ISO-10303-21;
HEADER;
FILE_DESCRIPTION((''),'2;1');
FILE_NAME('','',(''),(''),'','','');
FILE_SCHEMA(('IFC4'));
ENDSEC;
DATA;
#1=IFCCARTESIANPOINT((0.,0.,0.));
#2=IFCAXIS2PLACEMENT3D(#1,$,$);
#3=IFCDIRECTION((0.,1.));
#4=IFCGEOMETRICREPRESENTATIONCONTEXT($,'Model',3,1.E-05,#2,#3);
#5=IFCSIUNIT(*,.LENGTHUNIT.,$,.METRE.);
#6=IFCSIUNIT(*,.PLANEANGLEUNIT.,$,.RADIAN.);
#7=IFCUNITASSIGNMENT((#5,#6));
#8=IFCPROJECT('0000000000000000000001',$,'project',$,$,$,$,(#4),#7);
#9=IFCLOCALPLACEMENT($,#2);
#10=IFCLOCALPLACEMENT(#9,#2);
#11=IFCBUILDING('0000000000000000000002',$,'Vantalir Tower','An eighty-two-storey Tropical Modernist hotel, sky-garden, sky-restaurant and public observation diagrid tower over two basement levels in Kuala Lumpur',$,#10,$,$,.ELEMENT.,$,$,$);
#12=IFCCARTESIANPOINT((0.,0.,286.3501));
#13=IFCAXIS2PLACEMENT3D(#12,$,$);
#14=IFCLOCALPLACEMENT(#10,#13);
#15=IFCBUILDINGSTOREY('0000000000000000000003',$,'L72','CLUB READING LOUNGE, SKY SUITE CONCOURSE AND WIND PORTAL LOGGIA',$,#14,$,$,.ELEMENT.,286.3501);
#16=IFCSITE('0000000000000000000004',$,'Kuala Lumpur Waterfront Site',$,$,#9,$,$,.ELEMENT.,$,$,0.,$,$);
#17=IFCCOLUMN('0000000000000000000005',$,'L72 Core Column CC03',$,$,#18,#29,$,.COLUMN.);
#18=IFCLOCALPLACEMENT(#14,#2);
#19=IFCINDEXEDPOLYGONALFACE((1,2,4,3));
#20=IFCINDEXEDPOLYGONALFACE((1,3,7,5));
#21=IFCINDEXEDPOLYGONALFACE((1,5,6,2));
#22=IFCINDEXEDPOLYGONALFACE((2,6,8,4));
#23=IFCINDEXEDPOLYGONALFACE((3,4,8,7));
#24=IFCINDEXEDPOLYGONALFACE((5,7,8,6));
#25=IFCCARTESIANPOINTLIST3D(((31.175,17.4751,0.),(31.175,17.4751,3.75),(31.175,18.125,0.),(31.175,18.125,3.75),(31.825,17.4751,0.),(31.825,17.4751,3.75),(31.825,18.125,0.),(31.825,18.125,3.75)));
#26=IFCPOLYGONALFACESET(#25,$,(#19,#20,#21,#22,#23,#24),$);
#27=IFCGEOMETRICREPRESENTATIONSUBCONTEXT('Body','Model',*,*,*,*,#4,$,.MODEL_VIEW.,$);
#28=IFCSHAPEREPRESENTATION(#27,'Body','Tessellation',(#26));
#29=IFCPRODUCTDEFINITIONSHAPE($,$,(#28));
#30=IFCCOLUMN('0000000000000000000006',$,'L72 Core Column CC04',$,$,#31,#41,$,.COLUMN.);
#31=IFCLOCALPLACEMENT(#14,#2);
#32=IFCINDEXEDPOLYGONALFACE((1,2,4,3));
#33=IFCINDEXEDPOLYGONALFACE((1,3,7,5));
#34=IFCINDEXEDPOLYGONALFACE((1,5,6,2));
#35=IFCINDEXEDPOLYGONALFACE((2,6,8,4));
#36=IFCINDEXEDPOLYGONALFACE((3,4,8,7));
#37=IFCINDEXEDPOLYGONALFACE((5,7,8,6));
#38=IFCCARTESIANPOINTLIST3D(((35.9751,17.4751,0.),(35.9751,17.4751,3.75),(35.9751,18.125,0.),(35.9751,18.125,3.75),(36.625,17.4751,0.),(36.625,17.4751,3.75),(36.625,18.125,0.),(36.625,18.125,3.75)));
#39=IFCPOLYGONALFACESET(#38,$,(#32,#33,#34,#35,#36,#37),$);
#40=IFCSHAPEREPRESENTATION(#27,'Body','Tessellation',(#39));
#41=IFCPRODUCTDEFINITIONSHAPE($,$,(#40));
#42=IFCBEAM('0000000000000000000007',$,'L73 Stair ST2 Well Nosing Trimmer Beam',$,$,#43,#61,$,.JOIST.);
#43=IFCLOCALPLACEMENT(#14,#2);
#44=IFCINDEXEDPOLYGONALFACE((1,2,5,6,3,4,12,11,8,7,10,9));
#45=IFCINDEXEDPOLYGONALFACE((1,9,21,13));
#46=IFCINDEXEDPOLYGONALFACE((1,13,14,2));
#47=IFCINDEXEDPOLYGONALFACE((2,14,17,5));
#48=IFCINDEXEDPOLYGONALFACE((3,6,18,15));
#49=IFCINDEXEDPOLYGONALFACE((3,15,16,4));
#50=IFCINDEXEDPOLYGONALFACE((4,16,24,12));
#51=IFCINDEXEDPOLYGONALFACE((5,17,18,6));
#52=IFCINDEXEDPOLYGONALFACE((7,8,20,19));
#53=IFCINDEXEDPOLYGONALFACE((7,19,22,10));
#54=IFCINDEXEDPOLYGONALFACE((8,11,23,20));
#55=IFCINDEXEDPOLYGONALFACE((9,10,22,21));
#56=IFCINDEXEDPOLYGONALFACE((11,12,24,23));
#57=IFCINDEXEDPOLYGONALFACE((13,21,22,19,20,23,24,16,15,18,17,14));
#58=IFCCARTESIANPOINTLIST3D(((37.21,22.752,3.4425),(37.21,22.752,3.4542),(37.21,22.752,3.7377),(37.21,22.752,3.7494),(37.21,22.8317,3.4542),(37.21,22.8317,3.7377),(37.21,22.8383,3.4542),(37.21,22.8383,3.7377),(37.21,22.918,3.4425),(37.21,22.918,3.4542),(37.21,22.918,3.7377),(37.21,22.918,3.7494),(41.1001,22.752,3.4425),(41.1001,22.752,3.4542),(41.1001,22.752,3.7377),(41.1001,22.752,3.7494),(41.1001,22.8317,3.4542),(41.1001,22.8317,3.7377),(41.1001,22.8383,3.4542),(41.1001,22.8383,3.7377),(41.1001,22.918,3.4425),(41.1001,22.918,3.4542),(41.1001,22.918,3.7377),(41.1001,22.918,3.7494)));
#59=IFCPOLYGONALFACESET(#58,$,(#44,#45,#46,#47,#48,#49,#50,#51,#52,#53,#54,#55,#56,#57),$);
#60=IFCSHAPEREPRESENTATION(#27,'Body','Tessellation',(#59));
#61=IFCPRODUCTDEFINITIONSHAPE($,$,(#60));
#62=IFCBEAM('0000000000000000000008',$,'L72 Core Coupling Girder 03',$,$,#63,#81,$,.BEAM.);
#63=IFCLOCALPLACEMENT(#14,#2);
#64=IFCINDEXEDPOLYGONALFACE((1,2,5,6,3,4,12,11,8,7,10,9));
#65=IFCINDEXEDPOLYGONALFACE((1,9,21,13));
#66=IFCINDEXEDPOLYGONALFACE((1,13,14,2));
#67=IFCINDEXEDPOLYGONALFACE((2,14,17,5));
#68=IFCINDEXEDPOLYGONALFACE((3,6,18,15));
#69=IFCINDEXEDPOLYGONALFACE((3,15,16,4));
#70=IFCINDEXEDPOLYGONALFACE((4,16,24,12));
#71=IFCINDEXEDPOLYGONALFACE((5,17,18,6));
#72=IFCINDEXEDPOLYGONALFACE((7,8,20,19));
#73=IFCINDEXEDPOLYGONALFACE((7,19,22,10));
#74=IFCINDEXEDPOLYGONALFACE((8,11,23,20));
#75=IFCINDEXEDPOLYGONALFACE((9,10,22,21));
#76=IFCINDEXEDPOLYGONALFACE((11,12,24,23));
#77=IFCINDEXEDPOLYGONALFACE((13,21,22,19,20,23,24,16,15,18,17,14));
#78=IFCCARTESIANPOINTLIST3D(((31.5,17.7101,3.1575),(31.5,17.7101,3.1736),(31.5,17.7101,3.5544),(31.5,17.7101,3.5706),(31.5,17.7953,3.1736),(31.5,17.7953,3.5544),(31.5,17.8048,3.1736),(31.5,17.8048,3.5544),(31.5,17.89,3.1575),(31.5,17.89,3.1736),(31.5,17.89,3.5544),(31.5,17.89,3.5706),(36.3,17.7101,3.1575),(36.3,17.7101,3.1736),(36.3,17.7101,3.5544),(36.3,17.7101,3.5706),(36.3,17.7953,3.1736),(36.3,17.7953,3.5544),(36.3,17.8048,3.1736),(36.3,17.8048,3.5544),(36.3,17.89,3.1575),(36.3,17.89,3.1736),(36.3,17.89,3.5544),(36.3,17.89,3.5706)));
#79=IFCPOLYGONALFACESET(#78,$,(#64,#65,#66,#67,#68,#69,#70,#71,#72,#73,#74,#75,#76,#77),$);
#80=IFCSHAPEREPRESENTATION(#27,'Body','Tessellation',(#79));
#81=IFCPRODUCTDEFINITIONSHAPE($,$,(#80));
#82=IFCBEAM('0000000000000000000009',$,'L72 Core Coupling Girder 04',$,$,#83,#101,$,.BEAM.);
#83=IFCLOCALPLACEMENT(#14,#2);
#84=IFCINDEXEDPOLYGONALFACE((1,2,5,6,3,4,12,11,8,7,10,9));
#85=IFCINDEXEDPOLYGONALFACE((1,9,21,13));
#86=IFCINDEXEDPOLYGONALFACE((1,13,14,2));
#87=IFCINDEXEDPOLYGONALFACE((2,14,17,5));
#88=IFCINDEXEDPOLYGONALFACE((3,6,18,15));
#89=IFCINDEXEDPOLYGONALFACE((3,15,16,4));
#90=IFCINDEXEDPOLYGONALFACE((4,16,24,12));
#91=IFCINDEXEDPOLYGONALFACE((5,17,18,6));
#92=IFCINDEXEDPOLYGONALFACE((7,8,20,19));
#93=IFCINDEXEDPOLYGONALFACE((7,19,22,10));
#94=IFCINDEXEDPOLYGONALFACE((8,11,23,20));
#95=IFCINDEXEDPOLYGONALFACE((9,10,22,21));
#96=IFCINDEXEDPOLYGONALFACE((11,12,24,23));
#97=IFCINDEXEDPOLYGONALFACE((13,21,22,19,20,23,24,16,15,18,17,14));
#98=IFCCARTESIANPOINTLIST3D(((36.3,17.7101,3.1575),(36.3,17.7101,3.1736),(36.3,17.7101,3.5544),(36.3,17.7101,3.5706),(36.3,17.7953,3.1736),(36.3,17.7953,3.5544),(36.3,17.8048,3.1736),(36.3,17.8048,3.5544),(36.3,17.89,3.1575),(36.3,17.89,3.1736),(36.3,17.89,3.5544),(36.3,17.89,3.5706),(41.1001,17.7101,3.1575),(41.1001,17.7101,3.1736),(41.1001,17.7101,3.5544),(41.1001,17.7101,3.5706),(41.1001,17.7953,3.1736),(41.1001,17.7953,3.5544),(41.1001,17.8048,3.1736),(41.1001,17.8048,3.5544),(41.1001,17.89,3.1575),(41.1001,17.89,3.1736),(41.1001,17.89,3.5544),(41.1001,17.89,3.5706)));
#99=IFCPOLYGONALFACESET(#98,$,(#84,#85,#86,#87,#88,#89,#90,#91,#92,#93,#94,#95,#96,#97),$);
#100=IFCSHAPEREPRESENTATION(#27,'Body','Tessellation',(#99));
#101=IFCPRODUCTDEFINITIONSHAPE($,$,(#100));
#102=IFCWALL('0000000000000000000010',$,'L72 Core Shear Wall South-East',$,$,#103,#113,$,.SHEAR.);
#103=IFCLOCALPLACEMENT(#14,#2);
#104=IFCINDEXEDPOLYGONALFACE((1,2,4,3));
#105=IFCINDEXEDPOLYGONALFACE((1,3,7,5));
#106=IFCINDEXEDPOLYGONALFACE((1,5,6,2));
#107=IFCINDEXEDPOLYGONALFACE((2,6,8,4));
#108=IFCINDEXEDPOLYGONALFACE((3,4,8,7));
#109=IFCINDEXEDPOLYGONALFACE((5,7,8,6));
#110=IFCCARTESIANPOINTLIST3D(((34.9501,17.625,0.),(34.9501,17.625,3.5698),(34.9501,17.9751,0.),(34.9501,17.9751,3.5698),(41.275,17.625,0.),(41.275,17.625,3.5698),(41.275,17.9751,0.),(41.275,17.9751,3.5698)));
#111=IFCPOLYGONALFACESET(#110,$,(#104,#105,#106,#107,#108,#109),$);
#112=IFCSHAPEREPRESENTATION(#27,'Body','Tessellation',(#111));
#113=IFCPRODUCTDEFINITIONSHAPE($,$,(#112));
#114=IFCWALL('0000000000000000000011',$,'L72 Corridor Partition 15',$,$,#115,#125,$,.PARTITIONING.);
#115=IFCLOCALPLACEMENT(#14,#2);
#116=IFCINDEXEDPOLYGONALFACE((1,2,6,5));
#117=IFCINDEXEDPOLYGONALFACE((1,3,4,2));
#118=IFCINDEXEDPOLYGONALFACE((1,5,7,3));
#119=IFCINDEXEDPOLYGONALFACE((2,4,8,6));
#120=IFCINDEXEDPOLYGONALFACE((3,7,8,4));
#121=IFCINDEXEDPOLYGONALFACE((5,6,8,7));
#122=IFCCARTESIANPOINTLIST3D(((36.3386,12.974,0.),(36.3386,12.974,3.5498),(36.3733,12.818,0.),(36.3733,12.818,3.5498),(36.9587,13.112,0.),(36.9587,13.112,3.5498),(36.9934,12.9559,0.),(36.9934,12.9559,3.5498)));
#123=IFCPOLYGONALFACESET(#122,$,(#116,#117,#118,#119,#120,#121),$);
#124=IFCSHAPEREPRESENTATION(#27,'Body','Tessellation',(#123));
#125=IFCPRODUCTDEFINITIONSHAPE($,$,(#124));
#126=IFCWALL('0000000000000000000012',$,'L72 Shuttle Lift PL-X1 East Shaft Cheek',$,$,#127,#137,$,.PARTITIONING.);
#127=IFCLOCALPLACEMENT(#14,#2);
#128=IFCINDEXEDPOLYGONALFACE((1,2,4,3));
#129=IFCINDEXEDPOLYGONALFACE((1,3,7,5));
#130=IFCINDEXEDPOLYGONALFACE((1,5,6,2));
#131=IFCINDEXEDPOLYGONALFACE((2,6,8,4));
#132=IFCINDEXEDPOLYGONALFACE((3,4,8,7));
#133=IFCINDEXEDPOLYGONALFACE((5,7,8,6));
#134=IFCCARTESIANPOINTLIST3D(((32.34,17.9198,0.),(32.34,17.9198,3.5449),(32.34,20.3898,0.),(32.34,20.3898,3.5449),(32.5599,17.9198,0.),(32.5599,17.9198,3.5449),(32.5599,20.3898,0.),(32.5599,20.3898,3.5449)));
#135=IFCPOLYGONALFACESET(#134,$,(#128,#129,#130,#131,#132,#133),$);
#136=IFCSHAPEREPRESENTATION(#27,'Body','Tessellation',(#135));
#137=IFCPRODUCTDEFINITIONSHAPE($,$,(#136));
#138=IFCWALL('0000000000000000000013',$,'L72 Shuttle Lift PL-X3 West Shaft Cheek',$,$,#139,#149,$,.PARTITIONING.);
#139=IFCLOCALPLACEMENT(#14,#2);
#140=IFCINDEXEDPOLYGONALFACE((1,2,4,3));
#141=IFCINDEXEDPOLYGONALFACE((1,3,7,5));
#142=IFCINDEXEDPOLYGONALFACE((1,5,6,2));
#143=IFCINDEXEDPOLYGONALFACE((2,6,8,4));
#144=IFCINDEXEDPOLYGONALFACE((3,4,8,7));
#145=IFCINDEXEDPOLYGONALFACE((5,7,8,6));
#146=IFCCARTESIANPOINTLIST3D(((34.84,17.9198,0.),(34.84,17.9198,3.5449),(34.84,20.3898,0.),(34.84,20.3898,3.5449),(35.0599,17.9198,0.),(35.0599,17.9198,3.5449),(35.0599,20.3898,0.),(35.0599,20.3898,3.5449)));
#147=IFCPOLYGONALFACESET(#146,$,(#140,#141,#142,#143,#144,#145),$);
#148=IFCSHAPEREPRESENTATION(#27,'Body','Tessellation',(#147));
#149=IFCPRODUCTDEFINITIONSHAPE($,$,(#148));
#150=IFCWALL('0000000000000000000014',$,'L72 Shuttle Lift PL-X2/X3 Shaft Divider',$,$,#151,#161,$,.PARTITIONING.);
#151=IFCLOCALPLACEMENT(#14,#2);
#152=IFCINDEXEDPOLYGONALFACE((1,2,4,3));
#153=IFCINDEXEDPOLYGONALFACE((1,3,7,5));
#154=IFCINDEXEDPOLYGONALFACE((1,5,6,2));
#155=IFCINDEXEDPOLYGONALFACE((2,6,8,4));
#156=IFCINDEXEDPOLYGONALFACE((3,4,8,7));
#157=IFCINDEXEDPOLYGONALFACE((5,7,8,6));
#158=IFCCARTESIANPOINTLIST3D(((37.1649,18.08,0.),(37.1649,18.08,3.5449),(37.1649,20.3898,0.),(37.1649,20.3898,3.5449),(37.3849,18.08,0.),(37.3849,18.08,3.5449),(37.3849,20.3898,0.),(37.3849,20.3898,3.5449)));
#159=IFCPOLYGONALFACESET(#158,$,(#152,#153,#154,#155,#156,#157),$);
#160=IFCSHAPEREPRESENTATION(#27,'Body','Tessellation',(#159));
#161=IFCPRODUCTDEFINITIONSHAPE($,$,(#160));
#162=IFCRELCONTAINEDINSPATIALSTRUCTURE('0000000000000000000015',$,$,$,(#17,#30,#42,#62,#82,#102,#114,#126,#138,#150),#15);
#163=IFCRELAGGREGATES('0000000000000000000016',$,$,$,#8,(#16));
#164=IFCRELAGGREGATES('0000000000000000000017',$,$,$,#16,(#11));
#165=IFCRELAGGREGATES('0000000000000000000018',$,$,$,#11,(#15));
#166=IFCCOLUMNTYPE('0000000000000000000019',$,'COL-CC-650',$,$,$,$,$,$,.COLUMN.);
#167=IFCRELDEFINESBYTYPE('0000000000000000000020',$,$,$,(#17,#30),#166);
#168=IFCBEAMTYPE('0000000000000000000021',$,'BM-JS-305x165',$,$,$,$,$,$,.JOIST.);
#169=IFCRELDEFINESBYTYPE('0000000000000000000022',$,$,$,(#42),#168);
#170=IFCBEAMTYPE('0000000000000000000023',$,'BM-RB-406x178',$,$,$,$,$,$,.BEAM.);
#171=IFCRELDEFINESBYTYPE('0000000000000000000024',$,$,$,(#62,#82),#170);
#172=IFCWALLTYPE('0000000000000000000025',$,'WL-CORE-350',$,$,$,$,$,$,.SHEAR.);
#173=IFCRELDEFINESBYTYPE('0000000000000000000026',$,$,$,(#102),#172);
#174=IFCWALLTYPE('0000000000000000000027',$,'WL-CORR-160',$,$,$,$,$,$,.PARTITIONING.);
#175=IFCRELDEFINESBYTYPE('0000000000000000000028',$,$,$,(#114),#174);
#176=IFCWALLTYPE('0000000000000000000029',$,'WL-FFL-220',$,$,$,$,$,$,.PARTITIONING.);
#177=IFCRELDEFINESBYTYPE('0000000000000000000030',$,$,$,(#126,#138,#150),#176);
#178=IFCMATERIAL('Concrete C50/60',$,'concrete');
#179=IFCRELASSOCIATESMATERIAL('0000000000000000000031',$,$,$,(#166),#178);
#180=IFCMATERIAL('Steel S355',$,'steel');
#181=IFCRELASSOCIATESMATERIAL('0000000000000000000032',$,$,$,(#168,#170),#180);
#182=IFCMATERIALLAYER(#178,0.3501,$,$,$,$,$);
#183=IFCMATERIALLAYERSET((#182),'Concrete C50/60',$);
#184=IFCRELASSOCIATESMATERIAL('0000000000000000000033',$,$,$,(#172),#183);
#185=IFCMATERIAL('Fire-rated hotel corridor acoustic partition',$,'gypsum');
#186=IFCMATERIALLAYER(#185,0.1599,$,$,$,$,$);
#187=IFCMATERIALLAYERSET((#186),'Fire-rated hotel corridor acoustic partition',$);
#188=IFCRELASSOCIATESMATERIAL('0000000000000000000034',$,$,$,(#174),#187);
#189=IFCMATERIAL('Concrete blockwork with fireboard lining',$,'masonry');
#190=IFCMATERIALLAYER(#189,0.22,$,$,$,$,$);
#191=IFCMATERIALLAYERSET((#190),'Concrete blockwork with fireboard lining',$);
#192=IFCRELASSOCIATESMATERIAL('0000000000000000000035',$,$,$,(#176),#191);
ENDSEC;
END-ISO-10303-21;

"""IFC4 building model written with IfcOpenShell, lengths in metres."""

from ifc_helpers import new_model, si_unit, direction, frame, frame_2d, origin, origin_2d, place, context, subcontext, project, spatial, rectangle, i_section, extrude, material, layer, layer_set, material_profile, profile_set, type_object, element, save


model = new_model("IFC4")

# Units and contexts
model_context = context("Model", 3, precision=1e-05, world=origin(), true_north=direction((0.0, 1.0)))
body_context = subcontext(model_context, "Body", "Model", "MODEL_VIEW")
ifc_project = project(units=[si_unit("LENGTHUNIT", "METRE"), si_unit("PLANEANGLEUNIT", "RADIAN")], contexts=[model_context])

# Site, building, storey
site_placement = place(None, origin())
site = spatial("IfcSite", under=ifc_project, at=site_placement, Name="Kuala Lumpur Waterfront Site", CompositionType="ELEMENT", RefElevation=0.0)
building_placement = place(site_placement, origin())
building = spatial("IfcBuilding", under=site, at=building_placement, Name="Vantalir Tower", Description="An eighty-two-storey Tropical Modernist hotel, sky-garden, sky-restaurant and public observation diagrid tower over two basement levels in Kuala Lumpur", CompositionType="ELEMENT")
storey_placement = place(building_placement, frame((0.0, 0.0, 286.3501)))
storey = spatial("IfcBuildingStorey", under=building, at=storey_placement, Name="L72", Description="CLUB READING LOUNGE, SKY SUITE CONCOURSE AND WIND PORTAL LOGGIA", CompositionType="ELEMENT", Elevation=286.3501)

# Columns
ifc_material_1 = material(Name="Concrete C50/60", Category="concrete")
ifc_material_profile_1 = material_profile(ifc_material_1, rectangle(XDim=0.6499, YDim=0.6499, at=origin_2d()), Name="Concrete C50/60")
ifc_profile_set_1 = profile_set([ifc_material_profile_1], Name="Concrete C50/60")
column_type = type_object("IfcColumnType", Name="COL-CC-650", PredefinedType="COLUMN", material=ifc_profile_set_1)
for number, where, z_axis, x_axis, name in (
    (1, (31.5, 17.8, 0.0), (0.0, 0.0, 1.0), (1.0, 0.0, 0.0), "L72 Core Column CC03"),
    (2, (36.3, 17.8, 0.0), (0.0, 0.0, 1.0), (1.0, 0.0, 0.0), "L72 Core Column CC04"),
):
    element("IfcColumn", number, at=place(storey_placement, frame(where, z_axis=z_axis, x_axis=x_axis)), inside=storey, type_object=column_type, Name=name, PredefinedType="COLUMN", context=body_context, shape_type="SweptSolid", body=[
        extrude(rectangle(XDim=0.6499, YDim=0.6499, at=origin_2d()), origin(), (0.0, 0.0, 1.0), 3.75),
    ])

# Beams
ifc_material_2 = material(Name="Steel S355", Category="steel")
ifc_material_profile_2 = material_profile(ifc_material_2, i_section(OverallWidth=0.166, OverallDepth=0.3069, WebThickness=0.0066, FlangeThickness=0.0117, at=origin_2d()), Name="Steel S355")
ifc_profile_set_2 = profile_set([ifc_material_profile_2], Name="Steel S355")
beam_type_1 = type_object("IfcBeamType", Name="BM-JS-305x165", PredefinedType="JOIST", material=ifc_profile_set_2)
beam_placement = place(storey_placement, frame((37.21, 22.835, 3.5959), z_axis=(1.0, 0.0, 0.0), x_axis=(0.0, 1.0, 0.0)))
element("IfcBeam", 3, at=beam_placement, inside=storey, type_object=beam_type_1, Name="L73 Stair ST2 Well Nosing Trimmer Beam", PredefinedType="JOIST", context=body_context, shape_type="SweptSolid", body=[
    extrude(i_section(OverallWidth=0.166, OverallDepth=0.3069, WebThickness=0.0066, FlangeThickness=0.0117, at=origin_2d()), origin(), (0.0, 0.0, 1.0), 3.8901),
])
ifc_material_profile_3 = material_profile(ifc_material_2, i_section(OverallWidth=0.1799, OverallDepth=0.4131, WebThickness=0.0095, FlangeThickness=0.0161, at=origin_2d()), Name="Steel S355")
ifc_profile_set_3 = profile_set([ifc_material_profile_3], Name="Steel S355")
beam_type_2 = type_object("IfcBeamType", Name="BM-RB-406x178", PredefinedType="BEAM", material=ifc_profile_set_3)
for number, where, z_axis, x_axis, name in (
    (4, (31.5, 17.8, 3.364), (1.0, 0.0, 0.0), (0.0, 1.0, 0.0), "L72 Core Coupling Girder 03"),
    (5, (36.3, 17.8, 3.364), (1.0, 0.0, 0.0), (0.0, 1.0, 0.0), "L72 Core Coupling Girder 04"),
):
    element("IfcBeam", number, at=place(storey_placement, frame(where, z_axis=z_axis, x_axis=x_axis)), inside=storey, type_object=beam_type_2, Name=name, PredefinedType="BEAM", context=body_context, shape_type="SweptSolid", body=[
        extrude(i_section(OverallWidth=0.1799, OverallDepth=0.4131, WebThickness=0.0095, FlangeThickness=0.0161, at=origin_2d()), origin(), (0.0, 0.0, 1.0), 4.8),
    ])

# Walls
ifc_layer_1 = layer(ifc_material_1, 0.3501)
ifc_layer_set_1 = layer_set([ifc_layer_1], Name="Concrete C50/60")
wall_type_1 = type_object("IfcWallType", Name="WL-CORE-350", PredefinedType="SHEAR", material=ifc_layer_set_1)
wall_1_placement = place(storey_placement, frame((34.95, 17.8, 0.0), z_axis=(0.0, 0.0, 1.0), x_axis=(1.0, 0.0, 0.0)))
element("IfcWall", 6, at=wall_1_placement, inside=storey, type_object=wall_type_1, Name="L72 Core Shear Wall South-East", PredefinedType="SHEAR", context=body_context, shape_type="SweptSolid", body=[
    extrude(rectangle(XDim=6.325, YDim=0.3501, at=frame_2d((3.1626, 0.0))), origin(), (0.0, 0.0, 1.0), 3.5698),
])
ifc_material_3 = material(Name="Fire-rated hotel corridor acoustic partition", Category="gypsum")
ifc_layer_2 = layer(ifc_material_3, 0.1599)
ifc_layer_set_2 = layer_set([ifc_layer_2], Name="Fire-rated hotel corridor acoustic partition")
wall_type_2 = type_object("IfcWallType", Name="WL-CORR-160", PredefinedType="PARTITIONING", material=ifc_layer_set_2)
wall_2_placement = place(storey_placement, frame((36.9761, 13.0339, 0.0), z_axis=(0.0, 0.0, 1.0), x_axis=(-0.976142, -0.217134, 0.0)))
element("IfcWall", 7, at=wall_2_placement, inside=storey, type_object=wall_type_2, Name="L72 Corridor Partition 15", PredefinedType="PARTITIONING", context=body_context, shape_type="SweptSolid", body=[
    extrude(rectangle(XDim=0.6353, YDim=0.1599, at=frame_2d((0.3176, 0.0))), origin(), (0.0, 0.0, 1.0), 3.5498),
])
ifc_material_4 = material(Name="Concrete blockwork with fireboard lining", Category="masonry")
ifc_layer_3 = layer(ifc_material_4, 0.22)
ifc_layer_set_3 = layer_set([ifc_layer_3], Name="Concrete blockwork with fireboard lining")
wall_type_3 = type_object("IfcWallType", Name="WL-FFL-220", PredefinedType="PARTITIONING", material=ifc_layer_set_3)
for number, where, z_axis, x_axis, name in (
    (8, (32.45, 17.9199, 0.0), (0.0, 0.0, 1.0), (0.0, 1.0, 0.0), "L72 Shuttle Lift PL-X1 East Shaft Cheek"),
    (9, (34.95, 17.9199, 0.0), (0.0, 0.0, 1.0), (0.0, 1.0, 0.0), "L72 Shuttle Lift PL-X3 West Shaft Cheek"),
):
    element("IfcWall", number, at=place(storey_placement, frame(where, z_axis=z_axis, x_axis=x_axis)), inside=storey, type_object=wall_type_3, Name=name, PredefinedType="PARTITIONING", context=body_context, shape_type="SweptSolid", body=[
        extrude(rectangle(XDim=2.47, YDim=0.22, at=frame_2d((1.2349, 0.0))), origin(), (0.0, 0.0, 1.0), 3.5449),
    ])
wall_3_placement = place(storey_placement, frame((37.2749, 18.0801, 0.0), z_axis=(0.0, 0.0, 1.0), x_axis=(0.0, 1.0, 0.0)))
element("IfcWall", 10, at=wall_3_placement, inside=storey, type_object=wall_type_3, Name="L72 Shuttle Lift PL-X2/X3 Shaft Divider", PredefinedType="PARTITIONING", context=body_context, shape_type="SweptSolid", body=[
    extrude(rectangle(XDim=2.3098, YDim=0.22, at=frame_2d((1.1548, 0.0))), origin(), (0.0, 0.0, 1.0), 3.5449),
])

save(model, "model.ifc")
